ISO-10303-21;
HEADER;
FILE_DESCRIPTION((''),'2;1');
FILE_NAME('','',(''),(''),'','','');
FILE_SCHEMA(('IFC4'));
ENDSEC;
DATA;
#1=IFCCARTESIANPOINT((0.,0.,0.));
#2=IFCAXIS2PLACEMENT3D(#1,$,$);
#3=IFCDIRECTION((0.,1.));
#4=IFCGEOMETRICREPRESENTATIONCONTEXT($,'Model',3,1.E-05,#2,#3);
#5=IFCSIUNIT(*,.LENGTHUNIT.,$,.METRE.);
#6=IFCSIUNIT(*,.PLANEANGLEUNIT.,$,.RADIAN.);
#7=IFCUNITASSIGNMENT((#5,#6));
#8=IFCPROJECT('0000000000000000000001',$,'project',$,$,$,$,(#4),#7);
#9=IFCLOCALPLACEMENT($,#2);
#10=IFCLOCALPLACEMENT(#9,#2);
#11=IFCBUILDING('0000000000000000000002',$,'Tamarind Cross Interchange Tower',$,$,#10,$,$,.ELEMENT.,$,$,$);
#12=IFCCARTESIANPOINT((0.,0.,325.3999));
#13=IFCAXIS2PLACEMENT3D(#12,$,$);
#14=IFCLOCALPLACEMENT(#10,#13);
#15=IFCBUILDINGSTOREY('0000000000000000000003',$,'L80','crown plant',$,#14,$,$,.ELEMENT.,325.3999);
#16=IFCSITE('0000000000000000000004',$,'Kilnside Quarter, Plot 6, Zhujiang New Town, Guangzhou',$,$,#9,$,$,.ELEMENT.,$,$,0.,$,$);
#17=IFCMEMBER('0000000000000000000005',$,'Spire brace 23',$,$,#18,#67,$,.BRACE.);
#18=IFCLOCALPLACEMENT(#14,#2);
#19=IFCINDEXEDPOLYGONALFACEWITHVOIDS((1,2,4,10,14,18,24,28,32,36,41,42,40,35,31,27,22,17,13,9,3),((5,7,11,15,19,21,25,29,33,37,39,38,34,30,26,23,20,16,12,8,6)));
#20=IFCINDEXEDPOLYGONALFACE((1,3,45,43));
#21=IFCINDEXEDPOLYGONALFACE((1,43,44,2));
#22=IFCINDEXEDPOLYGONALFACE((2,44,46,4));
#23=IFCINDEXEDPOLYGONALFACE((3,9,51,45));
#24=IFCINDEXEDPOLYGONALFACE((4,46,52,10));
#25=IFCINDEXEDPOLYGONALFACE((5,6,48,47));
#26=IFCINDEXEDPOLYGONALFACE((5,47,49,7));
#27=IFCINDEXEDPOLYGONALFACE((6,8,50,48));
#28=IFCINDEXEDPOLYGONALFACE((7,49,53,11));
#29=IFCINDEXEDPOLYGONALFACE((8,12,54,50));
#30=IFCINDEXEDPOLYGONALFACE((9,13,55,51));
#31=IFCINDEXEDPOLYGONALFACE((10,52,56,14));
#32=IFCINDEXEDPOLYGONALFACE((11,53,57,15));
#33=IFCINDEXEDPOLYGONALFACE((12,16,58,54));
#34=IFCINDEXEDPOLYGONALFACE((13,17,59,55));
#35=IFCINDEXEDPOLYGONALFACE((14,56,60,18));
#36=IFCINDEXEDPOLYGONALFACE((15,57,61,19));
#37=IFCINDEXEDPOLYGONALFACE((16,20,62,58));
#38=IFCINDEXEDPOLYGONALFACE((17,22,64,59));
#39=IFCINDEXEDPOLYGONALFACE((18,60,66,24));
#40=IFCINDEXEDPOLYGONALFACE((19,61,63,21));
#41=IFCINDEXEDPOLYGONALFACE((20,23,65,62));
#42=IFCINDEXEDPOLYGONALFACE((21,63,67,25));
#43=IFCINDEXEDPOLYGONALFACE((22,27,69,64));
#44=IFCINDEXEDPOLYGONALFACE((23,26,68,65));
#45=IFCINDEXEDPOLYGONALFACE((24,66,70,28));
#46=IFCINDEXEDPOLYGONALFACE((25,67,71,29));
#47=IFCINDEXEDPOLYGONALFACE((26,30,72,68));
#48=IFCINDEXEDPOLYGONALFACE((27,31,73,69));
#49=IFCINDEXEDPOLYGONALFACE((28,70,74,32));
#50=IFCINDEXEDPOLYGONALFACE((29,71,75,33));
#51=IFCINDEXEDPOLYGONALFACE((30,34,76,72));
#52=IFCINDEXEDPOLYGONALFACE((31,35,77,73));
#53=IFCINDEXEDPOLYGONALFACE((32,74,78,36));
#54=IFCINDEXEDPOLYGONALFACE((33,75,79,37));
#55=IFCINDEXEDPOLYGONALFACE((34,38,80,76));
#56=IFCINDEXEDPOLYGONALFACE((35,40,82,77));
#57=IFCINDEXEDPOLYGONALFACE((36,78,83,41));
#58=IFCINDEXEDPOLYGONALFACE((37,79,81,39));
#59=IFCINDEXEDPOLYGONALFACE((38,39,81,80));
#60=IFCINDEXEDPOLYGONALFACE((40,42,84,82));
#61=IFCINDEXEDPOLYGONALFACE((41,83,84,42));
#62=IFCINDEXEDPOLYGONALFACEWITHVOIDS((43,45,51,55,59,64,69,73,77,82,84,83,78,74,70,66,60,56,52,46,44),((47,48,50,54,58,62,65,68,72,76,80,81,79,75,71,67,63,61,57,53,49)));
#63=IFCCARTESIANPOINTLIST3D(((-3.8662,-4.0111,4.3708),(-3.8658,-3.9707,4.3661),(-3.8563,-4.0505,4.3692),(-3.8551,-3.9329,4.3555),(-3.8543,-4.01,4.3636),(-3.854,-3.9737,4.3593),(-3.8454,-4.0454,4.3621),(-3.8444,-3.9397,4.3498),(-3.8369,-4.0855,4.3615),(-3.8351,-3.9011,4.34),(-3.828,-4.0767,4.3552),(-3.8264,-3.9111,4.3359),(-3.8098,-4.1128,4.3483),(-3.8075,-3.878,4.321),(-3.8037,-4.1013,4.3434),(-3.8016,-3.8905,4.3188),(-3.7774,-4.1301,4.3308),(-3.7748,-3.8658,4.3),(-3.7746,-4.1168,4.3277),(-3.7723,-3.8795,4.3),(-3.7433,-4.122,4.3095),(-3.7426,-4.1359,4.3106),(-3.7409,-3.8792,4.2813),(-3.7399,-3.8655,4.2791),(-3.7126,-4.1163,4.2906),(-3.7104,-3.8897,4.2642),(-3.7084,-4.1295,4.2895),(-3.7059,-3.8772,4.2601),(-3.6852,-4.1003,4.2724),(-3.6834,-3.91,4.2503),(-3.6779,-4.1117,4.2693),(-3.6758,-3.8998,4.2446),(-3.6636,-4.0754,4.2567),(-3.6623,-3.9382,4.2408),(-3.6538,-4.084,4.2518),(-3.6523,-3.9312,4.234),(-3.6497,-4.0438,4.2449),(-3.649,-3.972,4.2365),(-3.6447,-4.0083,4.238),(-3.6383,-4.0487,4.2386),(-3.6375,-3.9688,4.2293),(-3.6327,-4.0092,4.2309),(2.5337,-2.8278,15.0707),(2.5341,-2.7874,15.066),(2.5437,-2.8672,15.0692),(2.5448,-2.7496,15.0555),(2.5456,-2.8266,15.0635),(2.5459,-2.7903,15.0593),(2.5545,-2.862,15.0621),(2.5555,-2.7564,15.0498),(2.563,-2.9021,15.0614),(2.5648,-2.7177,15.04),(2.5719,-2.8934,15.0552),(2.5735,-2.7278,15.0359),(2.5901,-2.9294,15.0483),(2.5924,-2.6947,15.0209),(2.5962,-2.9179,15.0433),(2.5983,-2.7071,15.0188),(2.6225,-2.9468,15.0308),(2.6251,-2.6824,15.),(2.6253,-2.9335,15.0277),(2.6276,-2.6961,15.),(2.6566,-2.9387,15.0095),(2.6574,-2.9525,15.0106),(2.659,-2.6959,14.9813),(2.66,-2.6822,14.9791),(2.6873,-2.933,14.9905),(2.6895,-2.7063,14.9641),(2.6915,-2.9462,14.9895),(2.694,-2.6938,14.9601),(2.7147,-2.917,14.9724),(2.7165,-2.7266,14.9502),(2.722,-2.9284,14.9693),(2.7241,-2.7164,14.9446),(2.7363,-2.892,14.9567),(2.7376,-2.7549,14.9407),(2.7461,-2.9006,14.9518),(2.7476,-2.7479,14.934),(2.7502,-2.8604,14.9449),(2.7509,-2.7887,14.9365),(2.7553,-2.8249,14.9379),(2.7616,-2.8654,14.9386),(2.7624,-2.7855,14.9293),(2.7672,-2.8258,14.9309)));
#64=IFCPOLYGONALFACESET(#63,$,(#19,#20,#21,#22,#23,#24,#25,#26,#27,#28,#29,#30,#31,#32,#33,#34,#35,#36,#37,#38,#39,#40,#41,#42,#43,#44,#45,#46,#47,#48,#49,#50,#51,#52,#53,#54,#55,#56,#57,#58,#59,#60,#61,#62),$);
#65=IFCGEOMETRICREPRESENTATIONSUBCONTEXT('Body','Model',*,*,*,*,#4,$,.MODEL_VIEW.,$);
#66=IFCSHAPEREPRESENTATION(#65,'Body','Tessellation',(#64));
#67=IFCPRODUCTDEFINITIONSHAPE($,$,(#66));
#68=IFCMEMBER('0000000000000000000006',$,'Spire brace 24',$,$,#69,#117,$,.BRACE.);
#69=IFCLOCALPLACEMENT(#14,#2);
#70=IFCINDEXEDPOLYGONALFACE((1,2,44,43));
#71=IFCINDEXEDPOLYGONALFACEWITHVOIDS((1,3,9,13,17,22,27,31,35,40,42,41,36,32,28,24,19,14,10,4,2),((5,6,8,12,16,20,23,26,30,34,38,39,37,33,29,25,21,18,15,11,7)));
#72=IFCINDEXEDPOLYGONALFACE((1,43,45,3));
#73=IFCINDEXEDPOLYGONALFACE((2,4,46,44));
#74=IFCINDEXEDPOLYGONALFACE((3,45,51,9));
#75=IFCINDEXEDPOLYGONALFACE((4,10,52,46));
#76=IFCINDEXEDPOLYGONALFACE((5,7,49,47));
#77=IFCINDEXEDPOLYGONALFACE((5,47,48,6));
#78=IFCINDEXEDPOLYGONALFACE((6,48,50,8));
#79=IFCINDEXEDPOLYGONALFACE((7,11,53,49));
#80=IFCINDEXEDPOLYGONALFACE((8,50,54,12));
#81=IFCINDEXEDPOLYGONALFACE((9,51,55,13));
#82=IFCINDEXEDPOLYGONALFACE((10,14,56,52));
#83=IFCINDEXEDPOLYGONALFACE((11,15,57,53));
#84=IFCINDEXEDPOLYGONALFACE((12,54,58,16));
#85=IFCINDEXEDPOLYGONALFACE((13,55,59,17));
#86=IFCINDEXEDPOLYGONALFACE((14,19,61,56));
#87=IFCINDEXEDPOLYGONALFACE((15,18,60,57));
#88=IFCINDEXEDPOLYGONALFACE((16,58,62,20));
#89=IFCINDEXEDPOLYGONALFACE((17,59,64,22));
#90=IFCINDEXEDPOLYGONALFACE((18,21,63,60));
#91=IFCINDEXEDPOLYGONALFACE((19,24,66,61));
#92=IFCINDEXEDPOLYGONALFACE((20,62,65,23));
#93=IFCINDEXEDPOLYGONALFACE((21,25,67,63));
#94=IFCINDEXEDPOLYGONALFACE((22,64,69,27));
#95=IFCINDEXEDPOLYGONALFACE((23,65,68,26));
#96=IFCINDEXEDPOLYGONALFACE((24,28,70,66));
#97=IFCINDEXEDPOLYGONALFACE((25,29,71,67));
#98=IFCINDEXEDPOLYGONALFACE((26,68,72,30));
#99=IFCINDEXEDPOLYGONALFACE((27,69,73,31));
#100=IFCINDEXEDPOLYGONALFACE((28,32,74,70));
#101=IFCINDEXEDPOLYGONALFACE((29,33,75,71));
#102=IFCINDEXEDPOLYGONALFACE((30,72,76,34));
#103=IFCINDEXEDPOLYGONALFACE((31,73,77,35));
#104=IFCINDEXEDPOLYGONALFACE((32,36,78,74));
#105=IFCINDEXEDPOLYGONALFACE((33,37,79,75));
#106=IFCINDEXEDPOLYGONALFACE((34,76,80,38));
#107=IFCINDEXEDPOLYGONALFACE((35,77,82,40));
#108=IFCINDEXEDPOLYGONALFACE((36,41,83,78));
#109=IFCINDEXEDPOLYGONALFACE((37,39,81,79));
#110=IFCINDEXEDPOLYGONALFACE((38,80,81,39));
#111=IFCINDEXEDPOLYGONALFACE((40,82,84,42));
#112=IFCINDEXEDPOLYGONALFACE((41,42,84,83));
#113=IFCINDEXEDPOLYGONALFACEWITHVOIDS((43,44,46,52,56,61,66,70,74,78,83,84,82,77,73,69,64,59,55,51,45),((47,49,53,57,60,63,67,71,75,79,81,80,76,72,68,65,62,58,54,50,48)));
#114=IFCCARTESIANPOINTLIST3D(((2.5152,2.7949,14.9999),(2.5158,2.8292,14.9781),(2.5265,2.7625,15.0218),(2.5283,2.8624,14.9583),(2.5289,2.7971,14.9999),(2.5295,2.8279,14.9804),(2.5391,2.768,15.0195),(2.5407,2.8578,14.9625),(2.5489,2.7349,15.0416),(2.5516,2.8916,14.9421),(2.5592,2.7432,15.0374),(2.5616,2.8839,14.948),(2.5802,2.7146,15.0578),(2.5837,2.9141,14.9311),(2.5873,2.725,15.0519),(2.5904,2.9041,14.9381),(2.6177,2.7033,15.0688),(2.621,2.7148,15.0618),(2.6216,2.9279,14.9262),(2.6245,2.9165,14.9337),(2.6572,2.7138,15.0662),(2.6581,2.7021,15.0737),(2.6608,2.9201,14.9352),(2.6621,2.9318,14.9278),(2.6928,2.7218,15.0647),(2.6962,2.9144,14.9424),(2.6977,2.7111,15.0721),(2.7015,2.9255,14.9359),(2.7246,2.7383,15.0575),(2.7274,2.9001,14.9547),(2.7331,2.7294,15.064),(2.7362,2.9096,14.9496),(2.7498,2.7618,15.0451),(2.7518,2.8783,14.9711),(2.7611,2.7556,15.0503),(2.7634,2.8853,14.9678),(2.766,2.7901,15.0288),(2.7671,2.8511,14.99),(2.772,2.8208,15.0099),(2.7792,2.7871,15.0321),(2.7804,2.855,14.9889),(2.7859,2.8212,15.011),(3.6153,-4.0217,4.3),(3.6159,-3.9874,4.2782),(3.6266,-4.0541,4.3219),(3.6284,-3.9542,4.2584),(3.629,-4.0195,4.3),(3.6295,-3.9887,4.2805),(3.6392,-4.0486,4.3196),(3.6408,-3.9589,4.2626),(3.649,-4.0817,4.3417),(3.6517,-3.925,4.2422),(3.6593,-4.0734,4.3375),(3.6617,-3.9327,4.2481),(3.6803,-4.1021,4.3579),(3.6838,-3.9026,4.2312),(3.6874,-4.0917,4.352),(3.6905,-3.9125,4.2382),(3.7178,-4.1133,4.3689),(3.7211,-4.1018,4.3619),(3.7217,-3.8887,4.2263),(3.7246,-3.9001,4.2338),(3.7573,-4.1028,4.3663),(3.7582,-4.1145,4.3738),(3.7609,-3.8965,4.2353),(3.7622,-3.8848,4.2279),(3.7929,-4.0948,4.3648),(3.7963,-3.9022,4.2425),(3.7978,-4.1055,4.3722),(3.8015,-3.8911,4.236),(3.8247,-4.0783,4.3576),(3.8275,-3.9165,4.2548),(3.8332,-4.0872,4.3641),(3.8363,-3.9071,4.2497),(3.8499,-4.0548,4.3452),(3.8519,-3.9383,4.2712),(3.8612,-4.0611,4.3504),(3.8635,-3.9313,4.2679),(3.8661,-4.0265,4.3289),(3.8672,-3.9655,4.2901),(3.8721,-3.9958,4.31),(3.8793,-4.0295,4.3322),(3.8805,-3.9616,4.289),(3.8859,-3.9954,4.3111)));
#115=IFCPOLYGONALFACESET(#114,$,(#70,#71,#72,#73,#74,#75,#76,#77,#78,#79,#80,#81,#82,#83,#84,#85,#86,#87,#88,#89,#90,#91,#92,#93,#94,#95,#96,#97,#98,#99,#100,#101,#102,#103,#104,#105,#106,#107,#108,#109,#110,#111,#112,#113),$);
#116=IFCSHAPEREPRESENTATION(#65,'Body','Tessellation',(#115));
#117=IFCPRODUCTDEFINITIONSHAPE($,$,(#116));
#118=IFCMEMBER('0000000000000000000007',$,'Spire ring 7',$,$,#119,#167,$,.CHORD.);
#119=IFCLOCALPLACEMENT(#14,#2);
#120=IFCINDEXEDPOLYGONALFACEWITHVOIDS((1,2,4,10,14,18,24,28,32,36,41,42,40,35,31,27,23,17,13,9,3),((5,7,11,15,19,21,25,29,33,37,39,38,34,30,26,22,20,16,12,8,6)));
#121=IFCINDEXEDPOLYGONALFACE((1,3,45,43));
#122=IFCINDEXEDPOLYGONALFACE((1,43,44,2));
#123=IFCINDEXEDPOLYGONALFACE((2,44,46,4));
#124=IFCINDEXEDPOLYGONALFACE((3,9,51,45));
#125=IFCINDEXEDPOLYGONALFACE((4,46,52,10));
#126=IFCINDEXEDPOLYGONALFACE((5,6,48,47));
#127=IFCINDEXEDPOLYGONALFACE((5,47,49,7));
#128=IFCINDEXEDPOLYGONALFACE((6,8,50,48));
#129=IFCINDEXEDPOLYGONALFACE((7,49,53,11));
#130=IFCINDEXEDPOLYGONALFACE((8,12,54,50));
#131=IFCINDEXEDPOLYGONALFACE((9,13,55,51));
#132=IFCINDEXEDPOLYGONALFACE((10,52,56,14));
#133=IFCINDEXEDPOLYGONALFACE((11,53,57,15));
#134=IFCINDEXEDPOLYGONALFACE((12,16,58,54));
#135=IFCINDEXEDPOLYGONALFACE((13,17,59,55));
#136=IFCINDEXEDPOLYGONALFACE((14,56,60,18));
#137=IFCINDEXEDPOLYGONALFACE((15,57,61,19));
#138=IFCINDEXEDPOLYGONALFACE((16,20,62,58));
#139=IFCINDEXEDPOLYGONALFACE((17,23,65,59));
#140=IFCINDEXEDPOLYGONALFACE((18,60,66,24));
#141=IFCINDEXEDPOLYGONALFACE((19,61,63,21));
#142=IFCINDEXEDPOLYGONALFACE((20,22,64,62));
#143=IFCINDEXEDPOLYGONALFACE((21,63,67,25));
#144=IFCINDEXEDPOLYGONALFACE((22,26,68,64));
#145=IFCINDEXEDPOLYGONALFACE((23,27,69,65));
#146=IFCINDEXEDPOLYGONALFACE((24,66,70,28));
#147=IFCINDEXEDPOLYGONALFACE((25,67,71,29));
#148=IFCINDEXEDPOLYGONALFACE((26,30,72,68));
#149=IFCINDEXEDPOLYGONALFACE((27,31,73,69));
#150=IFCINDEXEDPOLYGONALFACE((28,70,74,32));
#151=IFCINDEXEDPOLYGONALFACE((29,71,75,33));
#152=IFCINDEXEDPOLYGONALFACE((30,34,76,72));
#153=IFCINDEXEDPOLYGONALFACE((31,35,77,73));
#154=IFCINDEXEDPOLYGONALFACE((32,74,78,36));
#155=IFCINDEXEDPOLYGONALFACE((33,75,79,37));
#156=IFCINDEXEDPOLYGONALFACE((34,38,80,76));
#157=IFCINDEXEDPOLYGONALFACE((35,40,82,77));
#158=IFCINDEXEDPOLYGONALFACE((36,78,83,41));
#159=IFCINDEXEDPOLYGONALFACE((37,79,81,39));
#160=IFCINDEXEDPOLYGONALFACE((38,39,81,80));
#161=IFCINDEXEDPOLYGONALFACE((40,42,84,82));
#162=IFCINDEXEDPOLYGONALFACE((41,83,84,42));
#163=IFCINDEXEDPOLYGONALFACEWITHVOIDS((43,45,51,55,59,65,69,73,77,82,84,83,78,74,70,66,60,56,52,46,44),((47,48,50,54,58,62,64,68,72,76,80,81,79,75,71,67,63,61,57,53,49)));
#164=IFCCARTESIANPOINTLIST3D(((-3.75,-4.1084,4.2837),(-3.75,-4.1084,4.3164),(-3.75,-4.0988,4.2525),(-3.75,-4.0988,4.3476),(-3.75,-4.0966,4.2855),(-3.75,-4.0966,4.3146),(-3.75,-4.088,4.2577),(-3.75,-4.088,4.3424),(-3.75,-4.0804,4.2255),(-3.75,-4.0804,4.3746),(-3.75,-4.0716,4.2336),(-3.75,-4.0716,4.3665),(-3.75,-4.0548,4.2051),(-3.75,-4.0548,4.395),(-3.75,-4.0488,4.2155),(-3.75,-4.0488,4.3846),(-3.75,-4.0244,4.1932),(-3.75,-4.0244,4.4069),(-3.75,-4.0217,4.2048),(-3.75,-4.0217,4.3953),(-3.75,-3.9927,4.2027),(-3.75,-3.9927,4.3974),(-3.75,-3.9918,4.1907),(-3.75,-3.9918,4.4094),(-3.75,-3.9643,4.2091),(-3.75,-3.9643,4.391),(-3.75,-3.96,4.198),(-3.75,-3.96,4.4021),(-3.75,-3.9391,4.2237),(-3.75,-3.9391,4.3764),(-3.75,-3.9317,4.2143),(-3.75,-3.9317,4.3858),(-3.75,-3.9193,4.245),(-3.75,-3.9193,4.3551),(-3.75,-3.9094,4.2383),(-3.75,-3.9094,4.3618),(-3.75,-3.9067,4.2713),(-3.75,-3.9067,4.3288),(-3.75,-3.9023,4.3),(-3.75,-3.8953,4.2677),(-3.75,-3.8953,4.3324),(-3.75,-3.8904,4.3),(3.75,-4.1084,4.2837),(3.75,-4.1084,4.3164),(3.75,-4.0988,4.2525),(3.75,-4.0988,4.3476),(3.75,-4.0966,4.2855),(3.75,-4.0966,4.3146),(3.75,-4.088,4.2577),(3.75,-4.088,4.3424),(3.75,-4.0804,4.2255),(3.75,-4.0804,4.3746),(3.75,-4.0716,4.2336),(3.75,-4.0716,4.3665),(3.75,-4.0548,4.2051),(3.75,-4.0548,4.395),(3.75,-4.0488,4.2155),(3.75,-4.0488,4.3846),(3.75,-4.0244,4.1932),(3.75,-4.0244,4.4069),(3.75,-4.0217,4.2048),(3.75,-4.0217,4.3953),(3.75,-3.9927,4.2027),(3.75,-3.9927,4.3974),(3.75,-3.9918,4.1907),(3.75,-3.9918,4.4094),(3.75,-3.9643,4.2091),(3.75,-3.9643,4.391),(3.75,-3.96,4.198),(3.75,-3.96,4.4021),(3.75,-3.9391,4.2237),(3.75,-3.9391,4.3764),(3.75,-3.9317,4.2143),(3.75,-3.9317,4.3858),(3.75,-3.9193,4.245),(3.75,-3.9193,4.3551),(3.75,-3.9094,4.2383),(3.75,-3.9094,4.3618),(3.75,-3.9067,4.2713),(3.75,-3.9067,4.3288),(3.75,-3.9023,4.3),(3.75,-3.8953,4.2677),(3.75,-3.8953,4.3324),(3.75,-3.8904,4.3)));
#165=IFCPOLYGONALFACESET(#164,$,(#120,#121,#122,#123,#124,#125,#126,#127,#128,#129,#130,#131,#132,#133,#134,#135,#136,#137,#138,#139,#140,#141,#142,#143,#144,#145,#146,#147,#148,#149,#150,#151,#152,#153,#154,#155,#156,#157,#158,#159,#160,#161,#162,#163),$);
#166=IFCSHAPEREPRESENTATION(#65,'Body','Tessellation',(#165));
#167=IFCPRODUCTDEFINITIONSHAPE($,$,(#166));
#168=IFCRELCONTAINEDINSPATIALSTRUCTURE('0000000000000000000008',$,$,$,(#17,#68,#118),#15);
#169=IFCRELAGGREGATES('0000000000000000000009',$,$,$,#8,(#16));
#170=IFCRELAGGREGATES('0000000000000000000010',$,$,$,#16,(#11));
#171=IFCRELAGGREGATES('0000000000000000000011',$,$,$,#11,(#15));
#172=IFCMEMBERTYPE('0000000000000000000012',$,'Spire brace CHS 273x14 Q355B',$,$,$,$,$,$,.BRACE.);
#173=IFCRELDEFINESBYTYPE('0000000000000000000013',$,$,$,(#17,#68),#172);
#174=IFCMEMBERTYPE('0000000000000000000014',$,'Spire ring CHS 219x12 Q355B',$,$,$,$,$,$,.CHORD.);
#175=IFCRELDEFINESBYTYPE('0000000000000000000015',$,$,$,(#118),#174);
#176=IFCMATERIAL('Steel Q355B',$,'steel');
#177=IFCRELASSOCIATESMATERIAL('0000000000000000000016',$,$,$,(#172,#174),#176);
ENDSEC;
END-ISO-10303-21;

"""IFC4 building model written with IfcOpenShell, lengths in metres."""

from ifc_helpers import new_model, si_unit, direction, frame, origin, origin_2d, place, context, subcontext, project, spatial, hollow_circle, extrude, material, material_profile, profile_set, type_object, element, save


model = new_model("IFC4")

# Units and contexts
model_context = context("Model", 3, precision=1e-05, world=origin(), true_north=direction((0.0, 1.0)))
body_context = subcontext(model_context, "Body", "Model", "MODEL_VIEW")
ifc_project = project(units=[si_unit("LENGTHUNIT", "METRE"), si_unit("PLANEANGLEUNIT", "RADIAN")], contexts=[model_context])

# Site, building, storey
site_placement = place(None, origin())
site = spatial("IfcSite", under=ifc_project, at=site_placement, Name="Kilnside Quarter, Plot 6, Zhujiang New Town, Guangzhou", CompositionType="ELEMENT", RefElevation=0.0)
building_placement = place(site_placement, origin())
building = spatial("IfcBuilding", under=site, at=building_placement, Name="Tamarind Cross Interchange Tower", CompositionType="ELEMENT")
storey_placement = place(building_placement, frame((0.0, 0.0, 325.3999)))
storey = spatial("IfcBuildingStorey", under=building, at=storey_placement, Name="L80", Description="crown plant", CompositionType="ELEMENT", Elevation=325.3999)

# Members
ifc_material_1 = material(Name="Steel Q355B", Category="steel")
ifc_material_profile_1 = material_profile(ifc_material_1, hollow_circle(Radius=0.1365, WallThickness=0.0139, at=origin_2d()), Name="CHS 273x14")
ifc_profile_set_1 = profile_set([ifc_material_profile_1], Name="Steel Q355B")
member_type_1 = type_object("IfcMemberType", Name="Spire brace CHS 273x14 Q355B", PredefinedType="BRACE", material=ifc_profile_set_1)
member_1_placement = place(storey_placement, frame((-3.75, -4.0, 4.3), z_axis=(0.511015, 0.094487, 0.854363), x_axis=(-0.181819, 0.983332, 0.0)))
element("IfcMember", 1, at=member_1_placement, inside=storey, type_object=member_type_1, Name="Spire brace 23", PredefinedType="BRACE", context=body_context, shape_type="SweptSolid", body=[
    extrude(hollow_circle(Radius=0.1365, WallThickness=0.0139, at=origin_2d()), origin(), (0.0, 0.0, 1.0), 12.5239),
])
member_2_placement = place(storey_placement, frame((3.75, -4.0, 4.3), z_axis=(-0.086388, 0.535293, 0.840237), x_axis=(-0.987227, -0.159322, 0.0)))
element("IfcMember", 2, at=member_2_placement, inside=storey, type_object=member_type_1, Name="Spire brace 24", PredefinedType="BRACE", context=body_context, shape_type="SweptSolid", body=[
    extrude(hollow_circle(Radius=0.1365, WallThickness=0.0139, at=origin_2d()), origin(), (0.0, 0.0, 1.0), 12.7344),
])
ifc_material_profile_2 = material_profile(ifc_material_1, hollow_circle(Radius=0.1096, WallThickness=0.012, at=origin_2d()), Name="CHS 219x12")
ifc_profile_set_2 = profile_set([ifc_material_profile_2], Name="Steel Q355B")
member_type_2 = type_object("IfcMemberType", Name="Spire ring CHS 219x12 Q355B", PredefinedType="CHORD", material=ifc_profile_set_2)
member_3_placement = place(storey_placement, frame((-3.75, -4.0, 4.3), z_axis=(1.0, 0.0, 0.0), x_axis=(0.0, 1.0, 0.0)))
element("IfcMember", 3, at=member_3_placement, inside=storey, type_object=member_type_2, Name="Spire ring 7", PredefinedType="CHORD", context=body_context, shape_type="SweptSolid", body=[
    extrude(hollow_circle(Radius=0.1096, WallThickness=0.012, at=origin_2d()), origin(), (0.0, 0.0, 1.0), 7.5),
])

save(model, "model.ifc")
